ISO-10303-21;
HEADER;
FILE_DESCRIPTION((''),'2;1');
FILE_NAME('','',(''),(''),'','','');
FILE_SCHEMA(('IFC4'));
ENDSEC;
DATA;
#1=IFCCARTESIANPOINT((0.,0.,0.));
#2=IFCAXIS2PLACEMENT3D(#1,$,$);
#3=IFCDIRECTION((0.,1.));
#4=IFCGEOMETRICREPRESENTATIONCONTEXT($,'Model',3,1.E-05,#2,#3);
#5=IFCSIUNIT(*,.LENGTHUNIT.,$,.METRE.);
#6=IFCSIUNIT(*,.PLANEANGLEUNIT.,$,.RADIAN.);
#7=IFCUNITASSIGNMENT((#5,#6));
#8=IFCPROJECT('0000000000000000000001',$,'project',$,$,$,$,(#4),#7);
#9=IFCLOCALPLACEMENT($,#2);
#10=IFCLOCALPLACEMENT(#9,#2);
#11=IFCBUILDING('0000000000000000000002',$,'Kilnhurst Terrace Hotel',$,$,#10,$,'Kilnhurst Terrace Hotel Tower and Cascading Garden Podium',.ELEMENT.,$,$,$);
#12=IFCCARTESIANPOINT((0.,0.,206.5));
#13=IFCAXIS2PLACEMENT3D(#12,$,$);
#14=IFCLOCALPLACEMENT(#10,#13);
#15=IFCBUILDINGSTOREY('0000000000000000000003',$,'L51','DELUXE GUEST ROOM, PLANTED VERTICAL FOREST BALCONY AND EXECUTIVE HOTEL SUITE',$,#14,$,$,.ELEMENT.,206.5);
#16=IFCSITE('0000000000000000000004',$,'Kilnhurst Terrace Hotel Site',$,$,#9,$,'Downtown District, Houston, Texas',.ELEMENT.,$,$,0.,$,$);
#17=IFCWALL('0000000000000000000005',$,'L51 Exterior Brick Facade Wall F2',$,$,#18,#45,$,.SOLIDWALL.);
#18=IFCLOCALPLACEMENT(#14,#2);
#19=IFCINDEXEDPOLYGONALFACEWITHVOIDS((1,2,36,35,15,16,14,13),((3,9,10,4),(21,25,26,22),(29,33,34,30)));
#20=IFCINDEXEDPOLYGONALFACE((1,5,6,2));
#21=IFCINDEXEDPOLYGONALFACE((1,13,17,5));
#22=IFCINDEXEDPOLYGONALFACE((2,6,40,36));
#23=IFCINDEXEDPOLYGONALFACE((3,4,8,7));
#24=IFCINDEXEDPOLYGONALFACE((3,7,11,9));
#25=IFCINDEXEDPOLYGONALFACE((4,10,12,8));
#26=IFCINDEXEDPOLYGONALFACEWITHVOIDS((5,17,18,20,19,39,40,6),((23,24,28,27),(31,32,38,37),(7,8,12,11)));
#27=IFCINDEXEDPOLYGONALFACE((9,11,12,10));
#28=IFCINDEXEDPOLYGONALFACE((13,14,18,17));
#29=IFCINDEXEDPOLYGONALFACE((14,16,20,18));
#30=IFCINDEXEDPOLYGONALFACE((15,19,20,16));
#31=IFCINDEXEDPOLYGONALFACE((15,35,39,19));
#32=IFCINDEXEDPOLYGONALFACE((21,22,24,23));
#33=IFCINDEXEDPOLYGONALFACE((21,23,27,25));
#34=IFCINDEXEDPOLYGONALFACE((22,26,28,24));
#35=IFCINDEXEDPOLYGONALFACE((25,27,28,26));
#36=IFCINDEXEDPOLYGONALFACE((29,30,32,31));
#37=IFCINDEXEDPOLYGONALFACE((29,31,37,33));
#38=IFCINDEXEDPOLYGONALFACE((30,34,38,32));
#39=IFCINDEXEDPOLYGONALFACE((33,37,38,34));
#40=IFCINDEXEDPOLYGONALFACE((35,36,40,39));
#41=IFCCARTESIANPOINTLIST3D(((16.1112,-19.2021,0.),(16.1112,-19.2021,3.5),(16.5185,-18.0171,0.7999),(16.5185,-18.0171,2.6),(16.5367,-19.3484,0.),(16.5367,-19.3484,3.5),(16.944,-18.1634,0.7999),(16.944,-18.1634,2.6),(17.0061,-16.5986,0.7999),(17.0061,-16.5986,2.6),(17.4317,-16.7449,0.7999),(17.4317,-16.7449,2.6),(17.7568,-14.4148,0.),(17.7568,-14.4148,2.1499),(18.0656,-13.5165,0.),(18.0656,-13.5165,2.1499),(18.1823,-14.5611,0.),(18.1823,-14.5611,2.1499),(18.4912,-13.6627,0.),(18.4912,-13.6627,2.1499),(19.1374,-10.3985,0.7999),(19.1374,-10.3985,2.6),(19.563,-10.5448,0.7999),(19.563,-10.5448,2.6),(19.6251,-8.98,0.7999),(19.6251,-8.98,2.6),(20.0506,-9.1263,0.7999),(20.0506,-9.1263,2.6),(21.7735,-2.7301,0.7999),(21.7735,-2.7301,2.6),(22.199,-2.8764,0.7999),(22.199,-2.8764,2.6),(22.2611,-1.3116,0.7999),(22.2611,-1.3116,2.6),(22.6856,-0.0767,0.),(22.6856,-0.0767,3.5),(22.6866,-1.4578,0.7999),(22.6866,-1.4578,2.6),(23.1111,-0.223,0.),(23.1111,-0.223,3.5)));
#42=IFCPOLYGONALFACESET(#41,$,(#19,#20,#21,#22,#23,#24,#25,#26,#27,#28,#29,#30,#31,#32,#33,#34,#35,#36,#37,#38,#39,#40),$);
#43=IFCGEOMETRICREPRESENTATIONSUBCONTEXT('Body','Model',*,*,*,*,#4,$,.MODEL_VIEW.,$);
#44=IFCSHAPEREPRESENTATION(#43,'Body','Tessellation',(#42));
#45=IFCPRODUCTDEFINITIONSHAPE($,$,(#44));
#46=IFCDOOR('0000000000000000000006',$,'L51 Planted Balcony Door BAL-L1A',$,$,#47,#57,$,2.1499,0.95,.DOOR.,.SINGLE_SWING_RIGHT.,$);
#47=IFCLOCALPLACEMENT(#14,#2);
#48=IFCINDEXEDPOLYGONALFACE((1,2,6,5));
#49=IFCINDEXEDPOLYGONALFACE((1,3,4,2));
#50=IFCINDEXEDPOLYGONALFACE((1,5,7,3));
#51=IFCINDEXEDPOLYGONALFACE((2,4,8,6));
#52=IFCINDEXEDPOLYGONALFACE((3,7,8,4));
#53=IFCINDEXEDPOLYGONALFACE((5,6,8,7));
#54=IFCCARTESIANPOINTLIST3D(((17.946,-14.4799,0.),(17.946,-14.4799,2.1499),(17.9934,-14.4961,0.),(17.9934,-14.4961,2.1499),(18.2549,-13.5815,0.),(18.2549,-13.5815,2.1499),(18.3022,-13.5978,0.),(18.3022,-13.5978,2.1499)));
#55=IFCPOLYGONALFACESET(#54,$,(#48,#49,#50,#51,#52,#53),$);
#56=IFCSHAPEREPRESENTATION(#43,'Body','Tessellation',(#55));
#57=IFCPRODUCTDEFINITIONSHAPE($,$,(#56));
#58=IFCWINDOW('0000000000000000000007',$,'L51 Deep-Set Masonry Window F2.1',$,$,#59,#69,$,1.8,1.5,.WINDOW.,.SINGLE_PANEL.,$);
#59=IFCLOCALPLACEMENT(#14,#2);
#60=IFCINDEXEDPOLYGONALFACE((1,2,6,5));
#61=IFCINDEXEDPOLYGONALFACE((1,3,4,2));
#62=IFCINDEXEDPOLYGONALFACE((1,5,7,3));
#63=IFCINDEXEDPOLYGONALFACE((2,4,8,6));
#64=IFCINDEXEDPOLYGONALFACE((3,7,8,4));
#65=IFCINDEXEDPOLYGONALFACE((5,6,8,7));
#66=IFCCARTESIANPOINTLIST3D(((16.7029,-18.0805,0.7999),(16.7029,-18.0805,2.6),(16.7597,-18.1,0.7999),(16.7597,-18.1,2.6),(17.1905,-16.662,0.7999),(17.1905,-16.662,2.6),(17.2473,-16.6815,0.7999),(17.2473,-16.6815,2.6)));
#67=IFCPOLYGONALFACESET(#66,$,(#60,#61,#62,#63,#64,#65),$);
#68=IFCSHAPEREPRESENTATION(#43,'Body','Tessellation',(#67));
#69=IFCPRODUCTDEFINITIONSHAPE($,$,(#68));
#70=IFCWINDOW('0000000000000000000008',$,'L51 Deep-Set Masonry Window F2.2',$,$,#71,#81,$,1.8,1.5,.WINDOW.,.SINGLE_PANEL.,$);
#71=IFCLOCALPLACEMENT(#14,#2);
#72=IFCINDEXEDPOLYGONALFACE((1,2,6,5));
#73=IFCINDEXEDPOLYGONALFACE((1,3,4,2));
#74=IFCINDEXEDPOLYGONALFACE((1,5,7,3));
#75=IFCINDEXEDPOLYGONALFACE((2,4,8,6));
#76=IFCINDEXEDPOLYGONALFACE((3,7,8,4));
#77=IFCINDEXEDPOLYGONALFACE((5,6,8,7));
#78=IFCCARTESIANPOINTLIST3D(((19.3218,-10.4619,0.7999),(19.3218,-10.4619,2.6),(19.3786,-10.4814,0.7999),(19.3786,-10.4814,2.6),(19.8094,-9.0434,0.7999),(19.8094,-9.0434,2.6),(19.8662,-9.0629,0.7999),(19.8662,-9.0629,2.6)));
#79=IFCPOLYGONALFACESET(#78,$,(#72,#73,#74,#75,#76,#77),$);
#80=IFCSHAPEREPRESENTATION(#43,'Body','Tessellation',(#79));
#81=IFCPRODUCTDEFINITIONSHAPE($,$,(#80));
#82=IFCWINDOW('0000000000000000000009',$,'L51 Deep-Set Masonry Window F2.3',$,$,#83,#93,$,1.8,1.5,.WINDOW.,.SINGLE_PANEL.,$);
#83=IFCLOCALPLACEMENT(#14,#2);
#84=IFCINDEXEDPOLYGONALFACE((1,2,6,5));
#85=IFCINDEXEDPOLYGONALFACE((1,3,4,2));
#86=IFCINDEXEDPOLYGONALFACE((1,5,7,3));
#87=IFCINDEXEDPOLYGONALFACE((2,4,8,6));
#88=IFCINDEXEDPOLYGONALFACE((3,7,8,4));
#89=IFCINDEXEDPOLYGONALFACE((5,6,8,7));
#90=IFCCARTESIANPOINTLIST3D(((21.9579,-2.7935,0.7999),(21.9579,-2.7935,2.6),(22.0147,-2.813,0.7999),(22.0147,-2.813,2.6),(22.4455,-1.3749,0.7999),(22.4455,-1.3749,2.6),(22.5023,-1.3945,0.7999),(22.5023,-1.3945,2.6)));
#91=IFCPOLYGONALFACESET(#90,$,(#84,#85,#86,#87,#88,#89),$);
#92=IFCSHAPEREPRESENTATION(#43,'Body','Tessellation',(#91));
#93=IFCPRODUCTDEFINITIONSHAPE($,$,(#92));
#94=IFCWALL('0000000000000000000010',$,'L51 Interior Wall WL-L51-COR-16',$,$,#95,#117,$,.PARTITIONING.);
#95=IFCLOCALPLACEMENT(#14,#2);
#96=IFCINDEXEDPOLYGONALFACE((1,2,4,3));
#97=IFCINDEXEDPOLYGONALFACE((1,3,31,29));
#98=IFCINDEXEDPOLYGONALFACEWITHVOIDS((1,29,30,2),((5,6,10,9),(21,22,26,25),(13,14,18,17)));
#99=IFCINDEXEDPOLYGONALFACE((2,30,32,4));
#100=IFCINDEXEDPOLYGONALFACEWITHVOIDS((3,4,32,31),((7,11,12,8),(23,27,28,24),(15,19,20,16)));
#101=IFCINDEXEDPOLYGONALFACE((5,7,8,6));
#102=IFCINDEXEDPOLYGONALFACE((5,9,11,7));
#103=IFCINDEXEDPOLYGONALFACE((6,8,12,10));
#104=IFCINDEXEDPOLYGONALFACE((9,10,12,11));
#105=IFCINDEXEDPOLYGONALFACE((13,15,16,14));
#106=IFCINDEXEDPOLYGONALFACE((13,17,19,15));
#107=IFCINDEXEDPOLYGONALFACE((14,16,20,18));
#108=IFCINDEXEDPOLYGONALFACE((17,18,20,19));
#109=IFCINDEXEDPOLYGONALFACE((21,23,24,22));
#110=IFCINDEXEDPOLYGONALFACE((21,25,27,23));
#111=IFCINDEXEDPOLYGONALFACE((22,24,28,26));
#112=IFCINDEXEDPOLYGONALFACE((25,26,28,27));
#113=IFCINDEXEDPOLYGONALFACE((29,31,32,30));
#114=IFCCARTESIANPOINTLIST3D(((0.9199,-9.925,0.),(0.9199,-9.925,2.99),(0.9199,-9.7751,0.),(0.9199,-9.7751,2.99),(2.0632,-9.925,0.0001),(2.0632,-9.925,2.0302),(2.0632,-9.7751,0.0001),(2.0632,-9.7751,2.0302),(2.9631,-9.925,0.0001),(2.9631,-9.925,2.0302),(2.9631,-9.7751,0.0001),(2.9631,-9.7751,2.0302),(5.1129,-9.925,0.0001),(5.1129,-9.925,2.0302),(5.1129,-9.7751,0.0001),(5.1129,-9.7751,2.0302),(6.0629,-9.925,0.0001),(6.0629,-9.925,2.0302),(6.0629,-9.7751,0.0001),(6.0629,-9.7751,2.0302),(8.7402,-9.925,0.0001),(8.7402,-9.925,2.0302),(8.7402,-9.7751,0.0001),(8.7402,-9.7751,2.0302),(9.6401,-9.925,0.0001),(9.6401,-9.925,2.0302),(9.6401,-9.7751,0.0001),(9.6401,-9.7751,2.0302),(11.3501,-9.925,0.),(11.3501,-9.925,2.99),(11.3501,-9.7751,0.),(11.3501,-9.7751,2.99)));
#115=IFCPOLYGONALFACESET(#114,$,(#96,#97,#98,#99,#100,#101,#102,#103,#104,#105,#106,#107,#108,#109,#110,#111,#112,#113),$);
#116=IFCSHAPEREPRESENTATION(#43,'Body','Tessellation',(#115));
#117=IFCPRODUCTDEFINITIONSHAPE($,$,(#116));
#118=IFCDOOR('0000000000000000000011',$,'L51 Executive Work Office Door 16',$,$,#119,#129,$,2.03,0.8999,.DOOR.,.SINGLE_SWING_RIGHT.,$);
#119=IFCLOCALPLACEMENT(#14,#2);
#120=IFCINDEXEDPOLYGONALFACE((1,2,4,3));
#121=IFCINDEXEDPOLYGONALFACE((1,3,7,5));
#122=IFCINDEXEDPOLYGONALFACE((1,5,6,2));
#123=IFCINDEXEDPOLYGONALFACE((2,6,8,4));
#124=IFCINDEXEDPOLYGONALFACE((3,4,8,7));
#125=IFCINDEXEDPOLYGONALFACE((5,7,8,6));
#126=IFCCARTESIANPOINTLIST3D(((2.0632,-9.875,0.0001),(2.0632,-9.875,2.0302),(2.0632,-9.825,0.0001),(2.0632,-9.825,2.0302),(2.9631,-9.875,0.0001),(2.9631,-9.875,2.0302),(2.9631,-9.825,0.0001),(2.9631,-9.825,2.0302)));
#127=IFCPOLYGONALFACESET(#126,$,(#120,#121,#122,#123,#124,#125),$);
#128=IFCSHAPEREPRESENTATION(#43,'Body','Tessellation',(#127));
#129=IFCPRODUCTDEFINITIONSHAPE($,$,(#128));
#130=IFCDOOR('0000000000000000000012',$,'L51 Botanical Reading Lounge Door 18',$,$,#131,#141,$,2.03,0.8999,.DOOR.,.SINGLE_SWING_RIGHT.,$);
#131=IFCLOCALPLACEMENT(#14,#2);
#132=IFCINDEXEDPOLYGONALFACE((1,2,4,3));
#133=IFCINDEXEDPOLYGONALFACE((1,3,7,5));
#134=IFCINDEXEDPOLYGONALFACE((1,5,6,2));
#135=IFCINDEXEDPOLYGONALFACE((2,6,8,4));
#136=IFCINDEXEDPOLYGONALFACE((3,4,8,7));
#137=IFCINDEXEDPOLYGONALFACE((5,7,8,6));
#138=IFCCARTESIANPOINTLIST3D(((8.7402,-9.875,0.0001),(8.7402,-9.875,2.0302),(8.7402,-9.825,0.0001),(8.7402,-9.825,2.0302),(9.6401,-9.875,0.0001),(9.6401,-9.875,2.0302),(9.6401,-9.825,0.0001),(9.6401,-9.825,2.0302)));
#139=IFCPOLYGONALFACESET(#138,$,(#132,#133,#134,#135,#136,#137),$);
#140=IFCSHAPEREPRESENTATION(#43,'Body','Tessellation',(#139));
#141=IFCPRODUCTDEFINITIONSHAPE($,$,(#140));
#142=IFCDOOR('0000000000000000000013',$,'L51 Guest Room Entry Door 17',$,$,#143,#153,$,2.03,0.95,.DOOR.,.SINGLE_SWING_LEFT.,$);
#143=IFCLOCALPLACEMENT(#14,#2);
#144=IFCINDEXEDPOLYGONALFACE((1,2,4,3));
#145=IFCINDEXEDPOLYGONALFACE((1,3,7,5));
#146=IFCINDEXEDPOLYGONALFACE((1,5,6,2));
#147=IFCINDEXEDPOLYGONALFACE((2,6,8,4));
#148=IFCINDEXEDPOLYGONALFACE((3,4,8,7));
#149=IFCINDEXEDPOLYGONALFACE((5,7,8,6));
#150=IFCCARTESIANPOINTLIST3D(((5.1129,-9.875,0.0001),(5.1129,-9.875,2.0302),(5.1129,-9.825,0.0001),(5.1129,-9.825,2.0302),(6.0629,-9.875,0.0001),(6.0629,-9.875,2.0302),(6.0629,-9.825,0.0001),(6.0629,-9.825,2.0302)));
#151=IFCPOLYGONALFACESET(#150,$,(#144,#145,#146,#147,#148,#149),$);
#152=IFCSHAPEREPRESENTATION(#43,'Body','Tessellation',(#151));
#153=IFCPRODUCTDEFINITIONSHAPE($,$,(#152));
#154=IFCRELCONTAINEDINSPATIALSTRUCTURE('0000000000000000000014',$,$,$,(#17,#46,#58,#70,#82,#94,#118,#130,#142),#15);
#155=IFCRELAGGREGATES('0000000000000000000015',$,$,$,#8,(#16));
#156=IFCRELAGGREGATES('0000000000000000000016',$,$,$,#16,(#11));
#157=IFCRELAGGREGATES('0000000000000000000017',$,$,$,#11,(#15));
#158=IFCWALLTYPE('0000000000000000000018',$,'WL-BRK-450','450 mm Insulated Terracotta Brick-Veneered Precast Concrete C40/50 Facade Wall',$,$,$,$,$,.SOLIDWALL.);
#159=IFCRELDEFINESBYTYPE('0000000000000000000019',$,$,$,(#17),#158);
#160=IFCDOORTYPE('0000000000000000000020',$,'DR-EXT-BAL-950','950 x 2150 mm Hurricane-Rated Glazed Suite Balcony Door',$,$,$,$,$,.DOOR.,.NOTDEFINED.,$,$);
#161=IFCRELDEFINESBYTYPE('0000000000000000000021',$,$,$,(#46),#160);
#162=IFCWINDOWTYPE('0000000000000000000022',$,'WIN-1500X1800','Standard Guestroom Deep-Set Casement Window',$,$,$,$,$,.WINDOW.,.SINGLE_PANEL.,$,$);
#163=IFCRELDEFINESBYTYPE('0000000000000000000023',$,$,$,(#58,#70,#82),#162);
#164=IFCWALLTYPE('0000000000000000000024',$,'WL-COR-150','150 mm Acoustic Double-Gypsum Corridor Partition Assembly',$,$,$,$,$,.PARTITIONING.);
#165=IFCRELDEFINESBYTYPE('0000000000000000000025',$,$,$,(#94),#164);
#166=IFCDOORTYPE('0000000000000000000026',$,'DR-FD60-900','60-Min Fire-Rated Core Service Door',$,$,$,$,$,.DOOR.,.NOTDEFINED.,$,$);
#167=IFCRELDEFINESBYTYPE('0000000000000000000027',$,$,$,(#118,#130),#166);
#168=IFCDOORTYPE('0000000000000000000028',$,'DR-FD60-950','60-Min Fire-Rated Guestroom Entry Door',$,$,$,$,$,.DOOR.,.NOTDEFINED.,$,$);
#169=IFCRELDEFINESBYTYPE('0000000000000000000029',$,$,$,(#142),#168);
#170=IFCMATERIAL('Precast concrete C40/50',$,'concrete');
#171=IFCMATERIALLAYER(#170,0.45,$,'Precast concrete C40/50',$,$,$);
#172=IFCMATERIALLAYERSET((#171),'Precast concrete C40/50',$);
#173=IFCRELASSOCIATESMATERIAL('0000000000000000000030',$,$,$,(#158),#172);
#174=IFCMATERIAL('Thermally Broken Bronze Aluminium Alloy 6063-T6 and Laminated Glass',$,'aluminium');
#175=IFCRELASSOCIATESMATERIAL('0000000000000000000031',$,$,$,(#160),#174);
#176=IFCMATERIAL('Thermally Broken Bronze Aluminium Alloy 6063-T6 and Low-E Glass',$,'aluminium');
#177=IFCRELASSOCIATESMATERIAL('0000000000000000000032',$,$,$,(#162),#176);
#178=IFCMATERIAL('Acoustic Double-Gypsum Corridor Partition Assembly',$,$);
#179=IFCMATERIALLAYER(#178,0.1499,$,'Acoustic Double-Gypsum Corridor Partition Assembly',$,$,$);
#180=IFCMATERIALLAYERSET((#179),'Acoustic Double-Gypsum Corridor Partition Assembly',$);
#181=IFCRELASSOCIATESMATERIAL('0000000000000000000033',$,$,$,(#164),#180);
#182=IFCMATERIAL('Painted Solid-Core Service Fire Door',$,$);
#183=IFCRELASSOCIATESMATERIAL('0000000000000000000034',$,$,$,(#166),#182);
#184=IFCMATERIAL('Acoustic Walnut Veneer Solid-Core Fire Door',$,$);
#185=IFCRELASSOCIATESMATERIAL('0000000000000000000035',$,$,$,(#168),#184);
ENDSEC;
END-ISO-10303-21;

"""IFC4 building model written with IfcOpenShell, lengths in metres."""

from ifc_helpers import new_model, si_unit, direction, frame, frame_2d, origin, place, context, subcontext, project, spatial, rectangle, extrude, material, layer, layer_set, type_object, element, fill, save


model = new_model("IFC4")

# Units and contexts
model_context = context("Model", 3, precision=1e-05, world=origin(), true_north=direction((0.0, 1.0)))
body_context = subcontext(model_context, "Body", "Model", "MODEL_VIEW")
ifc_project = project(units=[si_unit("LENGTHUNIT", "METRE"), si_unit("PLANEANGLEUNIT", "RADIAN")], contexts=[model_context])

# Site, building, storey
site_placement = place(None, origin())
site = spatial("IfcSite", under=ifc_project, at=site_placement, Name="Kilnhurst Terrace Hotel Site", LongName="Downtown District, Houston, Texas", CompositionType="ELEMENT", RefElevation=0.0)
building_placement = place(site_placement, origin())
building = spatial("IfcBuilding", under=site, at=building_placement, Name="Kilnhurst Terrace Hotel", LongName="Kilnhurst Terrace Hotel Tower and Cascading Garden Podium", CompositionType="ELEMENT")
storey_placement = place(building_placement, frame((0.0, 0.0, 206.5)))
storey = spatial("IfcBuildingStorey", under=building, at=storey_placement, Name="L51", Description="DELUXE GUEST ROOM, PLANTED VERTICAL FOREST BALCONY AND EXECUTIVE HOTEL SUITE", CompositionType="ELEMENT", Elevation=206.5)

# Shared definitions
ifc_material_1 = material(Name="Precast concrete C40/50", Category="concrete")
ifc_layer_1 = layer(ifc_material_1, 0.45, Name="Precast concrete C40/50")
ifc_layer_set_1 = layer_set([ifc_layer_1], Name="Precast concrete C40/50")
wall_type_1 = type_object("IfcWallType", Name="WL-BRK-450", Description="450 mm Insulated Terracotta Brick-Veneered Precast Concrete C40/50 Facade Wall", PredefinedType="SOLIDWALL", material=ifc_layer_set_1)

# Wall, openings, door, windows
wall_1_placement = place(storey_placement, frame((16.324, -19.2751, 0.0), z_axis=(0.0, 0.0, 1.0), x_axis=(0.325083, 0.945685, 0.0)))
wall_1 = element("IfcWall", 1, at=wall_1_placement, inside=storey, type_object=wall_type_1, Name="L51 Exterior Brick Facade Wall F2", PredefinedType="SOLIDWALL", context=body_context, shape_type="SweptSolid", body=[
    extrude(rectangle(XDim=20.2239, YDim=0.45, at=frame_2d((10.1118, 0.0))), origin(), (0.0, 0.0, 1.0), 3.5),
])
opening_1_placement = place(wall_1_placement, frame((5.062, 0.0, 0.0)))
opening_1 = element("IfcOpeningElement", 2, at=opening_1_placement, cuts=wall_1, PredefinedType="OPENING", context=body_context, shape_type="SweptSolid", body=[
    extrude(rectangle(XDim=0.95, YDim=2.1499, at=frame_2d((0.4751, 1.075))), frame((0.0, 0.2349, 0.0), z_axis=(0.0, -1.0, 0.0), x_axis=(1.0, 0.0, 0.0)), (0.0, 0.0, 1.0), 0.47),
])
opening_2_placement = place(wall_1_placement, frame((1.2529, 0.0, 0.8)))
opening_2 = element("IfcOpeningElement", 3, at=opening_2_placement, cuts=wall_1, PredefinedType="OPENING", context=body_context, shape_type="SweptSolid", body=[
    extrude(rectangle(XDim=1.5, YDim=1.8, at=frame_2d((0.75, 0.8999))), frame((0.0, 0.2349, 0.0), z_axis=(0.0, -1.0, 0.0), x_axis=(1.0, 0.0, 0.0)), (0.0, 0.0, 1.0), 0.47),
])
opening_3_placement = place(wall_1_placement, frame((9.3091, 0.0, 0.8)))
opening_3 = element("IfcOpeningElement", 4, at=opening_3_placement, cuts=wall_1, PredefinedType="OPENING", context=body_context, shape_type="SweptSolid", body=[
    extrude(rectangle(XDim=1.5, YDim=1.8, at=frame_2d((0.75, 0.8999))), frame((0.0, 0.2349, 0.0), z_axis=(0.0, -1.0, 0.0), x_axis=(1.0, 0.0, 0.0)), (0.0, 0.0, 1.0), 0.47),
])
opening_4_placement = place(wall_1_placement, frame((17.418, 0.0, 0.8)))
opening_4 = element("IfcOpeningElement", 5, at=opening_4_placement, cuts=wall_1, PredefinedType="OPENING", context=body_context, shape_type="SweptSolid", body=[
    extrude(rectangle(XDim=1.5, YDim=1.8, at=frame_2d((0.75, 0.8999))), frame((0.0, 0.2349, 0.0), z_axis=(0.0, -1.0, 0.0), x_axis=(1.0, 0.0, 0.0)), (0.0, 0.0, 1.0), 0.47),
])
ifc_material_2 = material(Name="Thermally Broken Bronze Aluminium Alloy 6063-T6 and Laminated Glass", Category="aluminium")
door_type_1 = type_object("IfcDoorType", Name="DR-EXT-BAL-950", Description="950 x 2150 mm Hurricane-Rated Glazed Suite Balcony Door", OperationType="NOTDEFINED", PredefinedType="DOOR", material=ifc_material_2)
door_1_placement = place(opening_1_placement, origin())
door_1 = element("IfcDoor", 6, at=door_1_placement, inside=storey, type_object=door_type_1, Name="L51 Planted Balcony Door BAL-L1A", OperationType="SINGLE_SWING_RIGHT", OverallHeight=2.1499, OverallWidth=0.95, PredefinedType="DOOR", context=body_context, shape_type="SweptSolid", body=[
    extrude(rectangle(XDim=0.95, YDim=2.1499, at=frame_2d((0.4751, 1.075))), frame((0.0, 0.0249, 0.0), z_axis=(0.0, -1.0, 0.0), x_axis=(1.0, 0.0, 0.0)), (0.0, 0.0, 1.0), 0.05),
])
fill(opening_1, door_1)
ifc_material_3 = material(Name="Thermally Broken Bronze Aluminium Alloy 6063-T6 and Low-E Glass", Category="aluminium")
window_type = type_object("IfcWindowType", Name="WIN-1500X1800", Description="Standard Guestroom Deep-Set Casement Window", PartitioningType="SINGLE_PANEL", PredefinedType="WINDOW", material=ifc_material_3)
window_1_placement = place(opening_2_placement, origin())
window_1 = element("IfcWindow", 7, at=window_1_placement, inside=storey, type_object=window_type, Name="L51 Deep-Set Masonry Window F2.1", OverallHeight=1.8, OverallWidth=1.5, PartitioningType="SINGLE_PANEL", PredefinedType="WINDOW", context=body_context, shape_type="SweptSolid", body=[
    extrude(rectangle(XDim=1.5, YDim=1.8, at=frame_2d((0.75, 0.8999))), frame((0.0, 0.03, 0.0), z_axis=(0.0, -1.0, 0.0), x_axis=(1.0, 0.0, 0.0)), (0.0, 0.0, 1.0), 0.0601),
])
fill(opening_2, window_1)
window_2_placement = place(opening_3_placement, origin())
window_2 = element("IfcWindow", 8, at=window_2_placement, inside=storey, type_object=window_type, Name="L51 Deep-Set Masonry Window F2.2", OverallHeight=1.8, OverallWidth=1.5, PartitioningType="SINGLE_PANEL", PredefinedType="WINDOW", context=body_context, shape_type="SweptSolid", body=[
    extrude(rectangle(XDim=1.5, YDim=1.8, at=frame_2d((0.75, 0.8999))), frame((0.0, 0.03, 0.0), z_axis=(0.0, -1.0, 0.0), x_axis=(1.0, 0.0, 0.0)), (0.0, 0.0, 1.0), 0.0601),
])
fill(opening_3, window_2)
window_3_placement = place(opening_4_placement, origin())
window_3 = element("IfcWindow", 9, at=window_3_placement, inside=storey, type_object=window_type, Name="L51 Deep-Set Masonry Window F2.3", OverallHeight=1.8, OverallWidth=1.5, PartitioningType="SINGLE_PANEL", PredefinedType="WINDOW", context=body_context, shape_type="SweptSolid", body=[
    extrude(rectangle(XDim=1.5, YDim=1.8, at=frame_2d((0.75, 0.8999))), frame((0.0, 0.03, 0.0), z_axis=(0.0, -1.0, 0.0), x_axis=(1.0, 0.0, 0.0)), (0.0, 0.0, 1.0), 0.0601),
])
fill(opening_4, window_3)

# Wall, openings, doors
ifc_material_4 = material(Name="Acoustic Double-Gypsum Corridor Partition Assembly")
ifc_layer_2 = layer(ifc_material_4, 0.1499, Name="Acoustic Double-Gypsum Corridor Partition Assembly")
ifc_layer_set_2 = layer_set([ifc_layer_2], Name="Acoustic Double-Gypsum Corridor Partition Assembly")
wall_type_2 = type_object("IfcWallType", Name="WL-COR-150", Description="150 mm Acoustic Double-Gypsum Corridor Partition Assembly", PredefinedType="PARTITIONING", material=ifc_layer_set_2)
wall_2_placement = place(storey_placement, frame((11.3501, -9.8501, 0.0), z_axis=(0.0, 0.0, 1.0), x_axis=(-1.0, 0.0, 0.0)))
wall_2 = element("IfcWall", 10, at=wall_2_placement, inside=storey, type_object=wall_type_2, Name="L51 Interior Wall WL-L51-COR-16", PredefinedType="PARTITIONING", context=body_context, shape_type="SweptSolid", body=[
    extrude(rectangle(XDim=10.4302, YDim=0.1499, at=frame_2d((5.2151, 0.0))), origin(), (0.0, 0.0, 1.0), 2.99),
])
opening_5_placement = place(wall_2_placement, frame((8.387, 0.0, 0.0)))
opening_5 = element("IfcOpeningElement", 11, at=opening_5_placement, cuts=wall_2, PredefinedType="OPENING", context=body_context, shape_type="SweptSolid", body=[
    extrude(rectangle(XDim=0.8999, YDim=2.03, at=frame_2d((0.45, 1.0151))), frame((0.0, 0.085, 0.0), z_axis=(0.0, -1.0, 0.0), x_axis=(1.0, 0.0, 0.0)), (0.0, 0.0, 1.0), 0.1699),
])
opening_6_placement = place(wall_2_placement, frame((5.2871, 0.0, 0.0)))
opening_6 = element("IfcOpeningElement", 12, at=opening_6_placement, cuts=wall_2, PredefinedType="OPENING", context=body_context, shape_type="SweptSolid", body=[
    extrude(rectangle(XDim=0.95, YDim=2.03, at=frame_2d((0.4751, 1.0151))), frame((0.0, 0.085, 0.0), z_axis=(0.0, -1.0, 0.0), x_axis=(1.0, 0.0, 0.0)), (0.0, 0.0, 1.0), 0.1699),
])
opening_7_placement = place(wall_2_placement, frame((1.71, 0.0, 0.0)))
opening_7 = element("IfcOpeningElement", 13, at=opening_7_placement, cuts=wall_2, PredefinedType="OPENING", context=body_context, shape_type="SweptSolid", body=[
    extrude(rectangle(XDim=0.8999, YDim=2.03, at=frame_2d((0.45, 1.0151))), frame((0.0, 0.085, 0.0), z_axis=(0.0, -1.0, 0.0), x_axis=(1.0, 0.0, 0.0)), (0.0, 0.0, 1.0), 0.1699),
])
ifc_material_5 = material(Name="Painted Solid-Core Service Fire Door")
door_type_2 = type_object("IfcDoorType", Name="DR-FD60-900", Description="60-Min Fire-Rated Core Service Door", OperationType="NOTDEFINED", PredefinedType="DOOR", material=ifc_material_5)
door_2_placement = place(opening_5_placement, origin())
door_2 = element("IfcDoor", 14, at=door_2_placement, inside=storey, type_object=door_type_2, Name="L51 Executive Work Office Door 16", OperationType="SINGLE_SWING_RIGHT", OverallHeight=2.03, OverallWidth=0.8999, PredefinedType="DOOR", context=body_context, shape_type="SweptSolid", body=[
    extrude(rectangle(XDim=0.8999, YDim=2.03, at=frame_2d((0.45, 1.0151))), frame((0.0, 0.0249, 0.0), z_axis=(0.0, -1.0, 0.0), x_axis=(1.0, 0.0, 0.0)), (0.0, 0.0, 1.0), 0.05),
])
fill(opening_5, door_2)
door_3_placement = place(opening_7_placement, origin())
door_3 = element("IfcDoor", 15, at=door_3_placement, inside=storey, type_object=door_type_2, Name="L51 Botanical Reading Lounge Door 18", OperationType="SINGLE_SWING_RIGHT", OverallHeight=2.03, OverallWidth=0.8999, PredefinedType="DOOR", context=body_context, shape_type="SweptSolid", body=[
    extrude(rectangle(XDim=0.8999, YDim=2.03, at=frame_2d((0.45, 1.0151))), frame((0.0, 0.0249, 0.0), z_axis=(0.0, -1.0, 0.0), x_axis=(1.0, 0.0, 0.0)), (0.0, 0.0, 1.0), 0.05),
])
fill(opening_7, door_3)
ifc_material_6 = material(Name="Acoustic Walnut Veneer Solid-Core Fire Door")
door_type_3 = type_object("IfcDoorType", Name="DR-FD60-950", Description="60-Min Fire-Rated Guestroom Entry Door", OperationType="NOTDEFINED", PredefinedType="DOOR", material=ifc_material_6)
door_4_placement = place(opening_6_placement, origin())
door_4 = element("IfcDoor", 16, at=door_4_placement, inside=storey, type_object=door_type_3, Name="L51 Guest Room Entry Door 17", OperationType="SINGLE_SWING_LEFT", OverallHeight=2.03, OverallWidth=0.95, PredefinedType="DOOR", context=body_context, shape_type="SweptSolid", body=[
    extrude(rectangle(XDim=0.95, YDim=2.03, at=frame_2d((0.4751, 1.0151))), frame((0.0, 0.0249, 0.0), z_axis=(0.0, -1.0, 0.0), x_axis=(1.0, 0.0, 0.0)), (0.0, 0.0, 1.0), 0.05),
])
fill(opening_6, door_4)

save(model, "model.ifc")
